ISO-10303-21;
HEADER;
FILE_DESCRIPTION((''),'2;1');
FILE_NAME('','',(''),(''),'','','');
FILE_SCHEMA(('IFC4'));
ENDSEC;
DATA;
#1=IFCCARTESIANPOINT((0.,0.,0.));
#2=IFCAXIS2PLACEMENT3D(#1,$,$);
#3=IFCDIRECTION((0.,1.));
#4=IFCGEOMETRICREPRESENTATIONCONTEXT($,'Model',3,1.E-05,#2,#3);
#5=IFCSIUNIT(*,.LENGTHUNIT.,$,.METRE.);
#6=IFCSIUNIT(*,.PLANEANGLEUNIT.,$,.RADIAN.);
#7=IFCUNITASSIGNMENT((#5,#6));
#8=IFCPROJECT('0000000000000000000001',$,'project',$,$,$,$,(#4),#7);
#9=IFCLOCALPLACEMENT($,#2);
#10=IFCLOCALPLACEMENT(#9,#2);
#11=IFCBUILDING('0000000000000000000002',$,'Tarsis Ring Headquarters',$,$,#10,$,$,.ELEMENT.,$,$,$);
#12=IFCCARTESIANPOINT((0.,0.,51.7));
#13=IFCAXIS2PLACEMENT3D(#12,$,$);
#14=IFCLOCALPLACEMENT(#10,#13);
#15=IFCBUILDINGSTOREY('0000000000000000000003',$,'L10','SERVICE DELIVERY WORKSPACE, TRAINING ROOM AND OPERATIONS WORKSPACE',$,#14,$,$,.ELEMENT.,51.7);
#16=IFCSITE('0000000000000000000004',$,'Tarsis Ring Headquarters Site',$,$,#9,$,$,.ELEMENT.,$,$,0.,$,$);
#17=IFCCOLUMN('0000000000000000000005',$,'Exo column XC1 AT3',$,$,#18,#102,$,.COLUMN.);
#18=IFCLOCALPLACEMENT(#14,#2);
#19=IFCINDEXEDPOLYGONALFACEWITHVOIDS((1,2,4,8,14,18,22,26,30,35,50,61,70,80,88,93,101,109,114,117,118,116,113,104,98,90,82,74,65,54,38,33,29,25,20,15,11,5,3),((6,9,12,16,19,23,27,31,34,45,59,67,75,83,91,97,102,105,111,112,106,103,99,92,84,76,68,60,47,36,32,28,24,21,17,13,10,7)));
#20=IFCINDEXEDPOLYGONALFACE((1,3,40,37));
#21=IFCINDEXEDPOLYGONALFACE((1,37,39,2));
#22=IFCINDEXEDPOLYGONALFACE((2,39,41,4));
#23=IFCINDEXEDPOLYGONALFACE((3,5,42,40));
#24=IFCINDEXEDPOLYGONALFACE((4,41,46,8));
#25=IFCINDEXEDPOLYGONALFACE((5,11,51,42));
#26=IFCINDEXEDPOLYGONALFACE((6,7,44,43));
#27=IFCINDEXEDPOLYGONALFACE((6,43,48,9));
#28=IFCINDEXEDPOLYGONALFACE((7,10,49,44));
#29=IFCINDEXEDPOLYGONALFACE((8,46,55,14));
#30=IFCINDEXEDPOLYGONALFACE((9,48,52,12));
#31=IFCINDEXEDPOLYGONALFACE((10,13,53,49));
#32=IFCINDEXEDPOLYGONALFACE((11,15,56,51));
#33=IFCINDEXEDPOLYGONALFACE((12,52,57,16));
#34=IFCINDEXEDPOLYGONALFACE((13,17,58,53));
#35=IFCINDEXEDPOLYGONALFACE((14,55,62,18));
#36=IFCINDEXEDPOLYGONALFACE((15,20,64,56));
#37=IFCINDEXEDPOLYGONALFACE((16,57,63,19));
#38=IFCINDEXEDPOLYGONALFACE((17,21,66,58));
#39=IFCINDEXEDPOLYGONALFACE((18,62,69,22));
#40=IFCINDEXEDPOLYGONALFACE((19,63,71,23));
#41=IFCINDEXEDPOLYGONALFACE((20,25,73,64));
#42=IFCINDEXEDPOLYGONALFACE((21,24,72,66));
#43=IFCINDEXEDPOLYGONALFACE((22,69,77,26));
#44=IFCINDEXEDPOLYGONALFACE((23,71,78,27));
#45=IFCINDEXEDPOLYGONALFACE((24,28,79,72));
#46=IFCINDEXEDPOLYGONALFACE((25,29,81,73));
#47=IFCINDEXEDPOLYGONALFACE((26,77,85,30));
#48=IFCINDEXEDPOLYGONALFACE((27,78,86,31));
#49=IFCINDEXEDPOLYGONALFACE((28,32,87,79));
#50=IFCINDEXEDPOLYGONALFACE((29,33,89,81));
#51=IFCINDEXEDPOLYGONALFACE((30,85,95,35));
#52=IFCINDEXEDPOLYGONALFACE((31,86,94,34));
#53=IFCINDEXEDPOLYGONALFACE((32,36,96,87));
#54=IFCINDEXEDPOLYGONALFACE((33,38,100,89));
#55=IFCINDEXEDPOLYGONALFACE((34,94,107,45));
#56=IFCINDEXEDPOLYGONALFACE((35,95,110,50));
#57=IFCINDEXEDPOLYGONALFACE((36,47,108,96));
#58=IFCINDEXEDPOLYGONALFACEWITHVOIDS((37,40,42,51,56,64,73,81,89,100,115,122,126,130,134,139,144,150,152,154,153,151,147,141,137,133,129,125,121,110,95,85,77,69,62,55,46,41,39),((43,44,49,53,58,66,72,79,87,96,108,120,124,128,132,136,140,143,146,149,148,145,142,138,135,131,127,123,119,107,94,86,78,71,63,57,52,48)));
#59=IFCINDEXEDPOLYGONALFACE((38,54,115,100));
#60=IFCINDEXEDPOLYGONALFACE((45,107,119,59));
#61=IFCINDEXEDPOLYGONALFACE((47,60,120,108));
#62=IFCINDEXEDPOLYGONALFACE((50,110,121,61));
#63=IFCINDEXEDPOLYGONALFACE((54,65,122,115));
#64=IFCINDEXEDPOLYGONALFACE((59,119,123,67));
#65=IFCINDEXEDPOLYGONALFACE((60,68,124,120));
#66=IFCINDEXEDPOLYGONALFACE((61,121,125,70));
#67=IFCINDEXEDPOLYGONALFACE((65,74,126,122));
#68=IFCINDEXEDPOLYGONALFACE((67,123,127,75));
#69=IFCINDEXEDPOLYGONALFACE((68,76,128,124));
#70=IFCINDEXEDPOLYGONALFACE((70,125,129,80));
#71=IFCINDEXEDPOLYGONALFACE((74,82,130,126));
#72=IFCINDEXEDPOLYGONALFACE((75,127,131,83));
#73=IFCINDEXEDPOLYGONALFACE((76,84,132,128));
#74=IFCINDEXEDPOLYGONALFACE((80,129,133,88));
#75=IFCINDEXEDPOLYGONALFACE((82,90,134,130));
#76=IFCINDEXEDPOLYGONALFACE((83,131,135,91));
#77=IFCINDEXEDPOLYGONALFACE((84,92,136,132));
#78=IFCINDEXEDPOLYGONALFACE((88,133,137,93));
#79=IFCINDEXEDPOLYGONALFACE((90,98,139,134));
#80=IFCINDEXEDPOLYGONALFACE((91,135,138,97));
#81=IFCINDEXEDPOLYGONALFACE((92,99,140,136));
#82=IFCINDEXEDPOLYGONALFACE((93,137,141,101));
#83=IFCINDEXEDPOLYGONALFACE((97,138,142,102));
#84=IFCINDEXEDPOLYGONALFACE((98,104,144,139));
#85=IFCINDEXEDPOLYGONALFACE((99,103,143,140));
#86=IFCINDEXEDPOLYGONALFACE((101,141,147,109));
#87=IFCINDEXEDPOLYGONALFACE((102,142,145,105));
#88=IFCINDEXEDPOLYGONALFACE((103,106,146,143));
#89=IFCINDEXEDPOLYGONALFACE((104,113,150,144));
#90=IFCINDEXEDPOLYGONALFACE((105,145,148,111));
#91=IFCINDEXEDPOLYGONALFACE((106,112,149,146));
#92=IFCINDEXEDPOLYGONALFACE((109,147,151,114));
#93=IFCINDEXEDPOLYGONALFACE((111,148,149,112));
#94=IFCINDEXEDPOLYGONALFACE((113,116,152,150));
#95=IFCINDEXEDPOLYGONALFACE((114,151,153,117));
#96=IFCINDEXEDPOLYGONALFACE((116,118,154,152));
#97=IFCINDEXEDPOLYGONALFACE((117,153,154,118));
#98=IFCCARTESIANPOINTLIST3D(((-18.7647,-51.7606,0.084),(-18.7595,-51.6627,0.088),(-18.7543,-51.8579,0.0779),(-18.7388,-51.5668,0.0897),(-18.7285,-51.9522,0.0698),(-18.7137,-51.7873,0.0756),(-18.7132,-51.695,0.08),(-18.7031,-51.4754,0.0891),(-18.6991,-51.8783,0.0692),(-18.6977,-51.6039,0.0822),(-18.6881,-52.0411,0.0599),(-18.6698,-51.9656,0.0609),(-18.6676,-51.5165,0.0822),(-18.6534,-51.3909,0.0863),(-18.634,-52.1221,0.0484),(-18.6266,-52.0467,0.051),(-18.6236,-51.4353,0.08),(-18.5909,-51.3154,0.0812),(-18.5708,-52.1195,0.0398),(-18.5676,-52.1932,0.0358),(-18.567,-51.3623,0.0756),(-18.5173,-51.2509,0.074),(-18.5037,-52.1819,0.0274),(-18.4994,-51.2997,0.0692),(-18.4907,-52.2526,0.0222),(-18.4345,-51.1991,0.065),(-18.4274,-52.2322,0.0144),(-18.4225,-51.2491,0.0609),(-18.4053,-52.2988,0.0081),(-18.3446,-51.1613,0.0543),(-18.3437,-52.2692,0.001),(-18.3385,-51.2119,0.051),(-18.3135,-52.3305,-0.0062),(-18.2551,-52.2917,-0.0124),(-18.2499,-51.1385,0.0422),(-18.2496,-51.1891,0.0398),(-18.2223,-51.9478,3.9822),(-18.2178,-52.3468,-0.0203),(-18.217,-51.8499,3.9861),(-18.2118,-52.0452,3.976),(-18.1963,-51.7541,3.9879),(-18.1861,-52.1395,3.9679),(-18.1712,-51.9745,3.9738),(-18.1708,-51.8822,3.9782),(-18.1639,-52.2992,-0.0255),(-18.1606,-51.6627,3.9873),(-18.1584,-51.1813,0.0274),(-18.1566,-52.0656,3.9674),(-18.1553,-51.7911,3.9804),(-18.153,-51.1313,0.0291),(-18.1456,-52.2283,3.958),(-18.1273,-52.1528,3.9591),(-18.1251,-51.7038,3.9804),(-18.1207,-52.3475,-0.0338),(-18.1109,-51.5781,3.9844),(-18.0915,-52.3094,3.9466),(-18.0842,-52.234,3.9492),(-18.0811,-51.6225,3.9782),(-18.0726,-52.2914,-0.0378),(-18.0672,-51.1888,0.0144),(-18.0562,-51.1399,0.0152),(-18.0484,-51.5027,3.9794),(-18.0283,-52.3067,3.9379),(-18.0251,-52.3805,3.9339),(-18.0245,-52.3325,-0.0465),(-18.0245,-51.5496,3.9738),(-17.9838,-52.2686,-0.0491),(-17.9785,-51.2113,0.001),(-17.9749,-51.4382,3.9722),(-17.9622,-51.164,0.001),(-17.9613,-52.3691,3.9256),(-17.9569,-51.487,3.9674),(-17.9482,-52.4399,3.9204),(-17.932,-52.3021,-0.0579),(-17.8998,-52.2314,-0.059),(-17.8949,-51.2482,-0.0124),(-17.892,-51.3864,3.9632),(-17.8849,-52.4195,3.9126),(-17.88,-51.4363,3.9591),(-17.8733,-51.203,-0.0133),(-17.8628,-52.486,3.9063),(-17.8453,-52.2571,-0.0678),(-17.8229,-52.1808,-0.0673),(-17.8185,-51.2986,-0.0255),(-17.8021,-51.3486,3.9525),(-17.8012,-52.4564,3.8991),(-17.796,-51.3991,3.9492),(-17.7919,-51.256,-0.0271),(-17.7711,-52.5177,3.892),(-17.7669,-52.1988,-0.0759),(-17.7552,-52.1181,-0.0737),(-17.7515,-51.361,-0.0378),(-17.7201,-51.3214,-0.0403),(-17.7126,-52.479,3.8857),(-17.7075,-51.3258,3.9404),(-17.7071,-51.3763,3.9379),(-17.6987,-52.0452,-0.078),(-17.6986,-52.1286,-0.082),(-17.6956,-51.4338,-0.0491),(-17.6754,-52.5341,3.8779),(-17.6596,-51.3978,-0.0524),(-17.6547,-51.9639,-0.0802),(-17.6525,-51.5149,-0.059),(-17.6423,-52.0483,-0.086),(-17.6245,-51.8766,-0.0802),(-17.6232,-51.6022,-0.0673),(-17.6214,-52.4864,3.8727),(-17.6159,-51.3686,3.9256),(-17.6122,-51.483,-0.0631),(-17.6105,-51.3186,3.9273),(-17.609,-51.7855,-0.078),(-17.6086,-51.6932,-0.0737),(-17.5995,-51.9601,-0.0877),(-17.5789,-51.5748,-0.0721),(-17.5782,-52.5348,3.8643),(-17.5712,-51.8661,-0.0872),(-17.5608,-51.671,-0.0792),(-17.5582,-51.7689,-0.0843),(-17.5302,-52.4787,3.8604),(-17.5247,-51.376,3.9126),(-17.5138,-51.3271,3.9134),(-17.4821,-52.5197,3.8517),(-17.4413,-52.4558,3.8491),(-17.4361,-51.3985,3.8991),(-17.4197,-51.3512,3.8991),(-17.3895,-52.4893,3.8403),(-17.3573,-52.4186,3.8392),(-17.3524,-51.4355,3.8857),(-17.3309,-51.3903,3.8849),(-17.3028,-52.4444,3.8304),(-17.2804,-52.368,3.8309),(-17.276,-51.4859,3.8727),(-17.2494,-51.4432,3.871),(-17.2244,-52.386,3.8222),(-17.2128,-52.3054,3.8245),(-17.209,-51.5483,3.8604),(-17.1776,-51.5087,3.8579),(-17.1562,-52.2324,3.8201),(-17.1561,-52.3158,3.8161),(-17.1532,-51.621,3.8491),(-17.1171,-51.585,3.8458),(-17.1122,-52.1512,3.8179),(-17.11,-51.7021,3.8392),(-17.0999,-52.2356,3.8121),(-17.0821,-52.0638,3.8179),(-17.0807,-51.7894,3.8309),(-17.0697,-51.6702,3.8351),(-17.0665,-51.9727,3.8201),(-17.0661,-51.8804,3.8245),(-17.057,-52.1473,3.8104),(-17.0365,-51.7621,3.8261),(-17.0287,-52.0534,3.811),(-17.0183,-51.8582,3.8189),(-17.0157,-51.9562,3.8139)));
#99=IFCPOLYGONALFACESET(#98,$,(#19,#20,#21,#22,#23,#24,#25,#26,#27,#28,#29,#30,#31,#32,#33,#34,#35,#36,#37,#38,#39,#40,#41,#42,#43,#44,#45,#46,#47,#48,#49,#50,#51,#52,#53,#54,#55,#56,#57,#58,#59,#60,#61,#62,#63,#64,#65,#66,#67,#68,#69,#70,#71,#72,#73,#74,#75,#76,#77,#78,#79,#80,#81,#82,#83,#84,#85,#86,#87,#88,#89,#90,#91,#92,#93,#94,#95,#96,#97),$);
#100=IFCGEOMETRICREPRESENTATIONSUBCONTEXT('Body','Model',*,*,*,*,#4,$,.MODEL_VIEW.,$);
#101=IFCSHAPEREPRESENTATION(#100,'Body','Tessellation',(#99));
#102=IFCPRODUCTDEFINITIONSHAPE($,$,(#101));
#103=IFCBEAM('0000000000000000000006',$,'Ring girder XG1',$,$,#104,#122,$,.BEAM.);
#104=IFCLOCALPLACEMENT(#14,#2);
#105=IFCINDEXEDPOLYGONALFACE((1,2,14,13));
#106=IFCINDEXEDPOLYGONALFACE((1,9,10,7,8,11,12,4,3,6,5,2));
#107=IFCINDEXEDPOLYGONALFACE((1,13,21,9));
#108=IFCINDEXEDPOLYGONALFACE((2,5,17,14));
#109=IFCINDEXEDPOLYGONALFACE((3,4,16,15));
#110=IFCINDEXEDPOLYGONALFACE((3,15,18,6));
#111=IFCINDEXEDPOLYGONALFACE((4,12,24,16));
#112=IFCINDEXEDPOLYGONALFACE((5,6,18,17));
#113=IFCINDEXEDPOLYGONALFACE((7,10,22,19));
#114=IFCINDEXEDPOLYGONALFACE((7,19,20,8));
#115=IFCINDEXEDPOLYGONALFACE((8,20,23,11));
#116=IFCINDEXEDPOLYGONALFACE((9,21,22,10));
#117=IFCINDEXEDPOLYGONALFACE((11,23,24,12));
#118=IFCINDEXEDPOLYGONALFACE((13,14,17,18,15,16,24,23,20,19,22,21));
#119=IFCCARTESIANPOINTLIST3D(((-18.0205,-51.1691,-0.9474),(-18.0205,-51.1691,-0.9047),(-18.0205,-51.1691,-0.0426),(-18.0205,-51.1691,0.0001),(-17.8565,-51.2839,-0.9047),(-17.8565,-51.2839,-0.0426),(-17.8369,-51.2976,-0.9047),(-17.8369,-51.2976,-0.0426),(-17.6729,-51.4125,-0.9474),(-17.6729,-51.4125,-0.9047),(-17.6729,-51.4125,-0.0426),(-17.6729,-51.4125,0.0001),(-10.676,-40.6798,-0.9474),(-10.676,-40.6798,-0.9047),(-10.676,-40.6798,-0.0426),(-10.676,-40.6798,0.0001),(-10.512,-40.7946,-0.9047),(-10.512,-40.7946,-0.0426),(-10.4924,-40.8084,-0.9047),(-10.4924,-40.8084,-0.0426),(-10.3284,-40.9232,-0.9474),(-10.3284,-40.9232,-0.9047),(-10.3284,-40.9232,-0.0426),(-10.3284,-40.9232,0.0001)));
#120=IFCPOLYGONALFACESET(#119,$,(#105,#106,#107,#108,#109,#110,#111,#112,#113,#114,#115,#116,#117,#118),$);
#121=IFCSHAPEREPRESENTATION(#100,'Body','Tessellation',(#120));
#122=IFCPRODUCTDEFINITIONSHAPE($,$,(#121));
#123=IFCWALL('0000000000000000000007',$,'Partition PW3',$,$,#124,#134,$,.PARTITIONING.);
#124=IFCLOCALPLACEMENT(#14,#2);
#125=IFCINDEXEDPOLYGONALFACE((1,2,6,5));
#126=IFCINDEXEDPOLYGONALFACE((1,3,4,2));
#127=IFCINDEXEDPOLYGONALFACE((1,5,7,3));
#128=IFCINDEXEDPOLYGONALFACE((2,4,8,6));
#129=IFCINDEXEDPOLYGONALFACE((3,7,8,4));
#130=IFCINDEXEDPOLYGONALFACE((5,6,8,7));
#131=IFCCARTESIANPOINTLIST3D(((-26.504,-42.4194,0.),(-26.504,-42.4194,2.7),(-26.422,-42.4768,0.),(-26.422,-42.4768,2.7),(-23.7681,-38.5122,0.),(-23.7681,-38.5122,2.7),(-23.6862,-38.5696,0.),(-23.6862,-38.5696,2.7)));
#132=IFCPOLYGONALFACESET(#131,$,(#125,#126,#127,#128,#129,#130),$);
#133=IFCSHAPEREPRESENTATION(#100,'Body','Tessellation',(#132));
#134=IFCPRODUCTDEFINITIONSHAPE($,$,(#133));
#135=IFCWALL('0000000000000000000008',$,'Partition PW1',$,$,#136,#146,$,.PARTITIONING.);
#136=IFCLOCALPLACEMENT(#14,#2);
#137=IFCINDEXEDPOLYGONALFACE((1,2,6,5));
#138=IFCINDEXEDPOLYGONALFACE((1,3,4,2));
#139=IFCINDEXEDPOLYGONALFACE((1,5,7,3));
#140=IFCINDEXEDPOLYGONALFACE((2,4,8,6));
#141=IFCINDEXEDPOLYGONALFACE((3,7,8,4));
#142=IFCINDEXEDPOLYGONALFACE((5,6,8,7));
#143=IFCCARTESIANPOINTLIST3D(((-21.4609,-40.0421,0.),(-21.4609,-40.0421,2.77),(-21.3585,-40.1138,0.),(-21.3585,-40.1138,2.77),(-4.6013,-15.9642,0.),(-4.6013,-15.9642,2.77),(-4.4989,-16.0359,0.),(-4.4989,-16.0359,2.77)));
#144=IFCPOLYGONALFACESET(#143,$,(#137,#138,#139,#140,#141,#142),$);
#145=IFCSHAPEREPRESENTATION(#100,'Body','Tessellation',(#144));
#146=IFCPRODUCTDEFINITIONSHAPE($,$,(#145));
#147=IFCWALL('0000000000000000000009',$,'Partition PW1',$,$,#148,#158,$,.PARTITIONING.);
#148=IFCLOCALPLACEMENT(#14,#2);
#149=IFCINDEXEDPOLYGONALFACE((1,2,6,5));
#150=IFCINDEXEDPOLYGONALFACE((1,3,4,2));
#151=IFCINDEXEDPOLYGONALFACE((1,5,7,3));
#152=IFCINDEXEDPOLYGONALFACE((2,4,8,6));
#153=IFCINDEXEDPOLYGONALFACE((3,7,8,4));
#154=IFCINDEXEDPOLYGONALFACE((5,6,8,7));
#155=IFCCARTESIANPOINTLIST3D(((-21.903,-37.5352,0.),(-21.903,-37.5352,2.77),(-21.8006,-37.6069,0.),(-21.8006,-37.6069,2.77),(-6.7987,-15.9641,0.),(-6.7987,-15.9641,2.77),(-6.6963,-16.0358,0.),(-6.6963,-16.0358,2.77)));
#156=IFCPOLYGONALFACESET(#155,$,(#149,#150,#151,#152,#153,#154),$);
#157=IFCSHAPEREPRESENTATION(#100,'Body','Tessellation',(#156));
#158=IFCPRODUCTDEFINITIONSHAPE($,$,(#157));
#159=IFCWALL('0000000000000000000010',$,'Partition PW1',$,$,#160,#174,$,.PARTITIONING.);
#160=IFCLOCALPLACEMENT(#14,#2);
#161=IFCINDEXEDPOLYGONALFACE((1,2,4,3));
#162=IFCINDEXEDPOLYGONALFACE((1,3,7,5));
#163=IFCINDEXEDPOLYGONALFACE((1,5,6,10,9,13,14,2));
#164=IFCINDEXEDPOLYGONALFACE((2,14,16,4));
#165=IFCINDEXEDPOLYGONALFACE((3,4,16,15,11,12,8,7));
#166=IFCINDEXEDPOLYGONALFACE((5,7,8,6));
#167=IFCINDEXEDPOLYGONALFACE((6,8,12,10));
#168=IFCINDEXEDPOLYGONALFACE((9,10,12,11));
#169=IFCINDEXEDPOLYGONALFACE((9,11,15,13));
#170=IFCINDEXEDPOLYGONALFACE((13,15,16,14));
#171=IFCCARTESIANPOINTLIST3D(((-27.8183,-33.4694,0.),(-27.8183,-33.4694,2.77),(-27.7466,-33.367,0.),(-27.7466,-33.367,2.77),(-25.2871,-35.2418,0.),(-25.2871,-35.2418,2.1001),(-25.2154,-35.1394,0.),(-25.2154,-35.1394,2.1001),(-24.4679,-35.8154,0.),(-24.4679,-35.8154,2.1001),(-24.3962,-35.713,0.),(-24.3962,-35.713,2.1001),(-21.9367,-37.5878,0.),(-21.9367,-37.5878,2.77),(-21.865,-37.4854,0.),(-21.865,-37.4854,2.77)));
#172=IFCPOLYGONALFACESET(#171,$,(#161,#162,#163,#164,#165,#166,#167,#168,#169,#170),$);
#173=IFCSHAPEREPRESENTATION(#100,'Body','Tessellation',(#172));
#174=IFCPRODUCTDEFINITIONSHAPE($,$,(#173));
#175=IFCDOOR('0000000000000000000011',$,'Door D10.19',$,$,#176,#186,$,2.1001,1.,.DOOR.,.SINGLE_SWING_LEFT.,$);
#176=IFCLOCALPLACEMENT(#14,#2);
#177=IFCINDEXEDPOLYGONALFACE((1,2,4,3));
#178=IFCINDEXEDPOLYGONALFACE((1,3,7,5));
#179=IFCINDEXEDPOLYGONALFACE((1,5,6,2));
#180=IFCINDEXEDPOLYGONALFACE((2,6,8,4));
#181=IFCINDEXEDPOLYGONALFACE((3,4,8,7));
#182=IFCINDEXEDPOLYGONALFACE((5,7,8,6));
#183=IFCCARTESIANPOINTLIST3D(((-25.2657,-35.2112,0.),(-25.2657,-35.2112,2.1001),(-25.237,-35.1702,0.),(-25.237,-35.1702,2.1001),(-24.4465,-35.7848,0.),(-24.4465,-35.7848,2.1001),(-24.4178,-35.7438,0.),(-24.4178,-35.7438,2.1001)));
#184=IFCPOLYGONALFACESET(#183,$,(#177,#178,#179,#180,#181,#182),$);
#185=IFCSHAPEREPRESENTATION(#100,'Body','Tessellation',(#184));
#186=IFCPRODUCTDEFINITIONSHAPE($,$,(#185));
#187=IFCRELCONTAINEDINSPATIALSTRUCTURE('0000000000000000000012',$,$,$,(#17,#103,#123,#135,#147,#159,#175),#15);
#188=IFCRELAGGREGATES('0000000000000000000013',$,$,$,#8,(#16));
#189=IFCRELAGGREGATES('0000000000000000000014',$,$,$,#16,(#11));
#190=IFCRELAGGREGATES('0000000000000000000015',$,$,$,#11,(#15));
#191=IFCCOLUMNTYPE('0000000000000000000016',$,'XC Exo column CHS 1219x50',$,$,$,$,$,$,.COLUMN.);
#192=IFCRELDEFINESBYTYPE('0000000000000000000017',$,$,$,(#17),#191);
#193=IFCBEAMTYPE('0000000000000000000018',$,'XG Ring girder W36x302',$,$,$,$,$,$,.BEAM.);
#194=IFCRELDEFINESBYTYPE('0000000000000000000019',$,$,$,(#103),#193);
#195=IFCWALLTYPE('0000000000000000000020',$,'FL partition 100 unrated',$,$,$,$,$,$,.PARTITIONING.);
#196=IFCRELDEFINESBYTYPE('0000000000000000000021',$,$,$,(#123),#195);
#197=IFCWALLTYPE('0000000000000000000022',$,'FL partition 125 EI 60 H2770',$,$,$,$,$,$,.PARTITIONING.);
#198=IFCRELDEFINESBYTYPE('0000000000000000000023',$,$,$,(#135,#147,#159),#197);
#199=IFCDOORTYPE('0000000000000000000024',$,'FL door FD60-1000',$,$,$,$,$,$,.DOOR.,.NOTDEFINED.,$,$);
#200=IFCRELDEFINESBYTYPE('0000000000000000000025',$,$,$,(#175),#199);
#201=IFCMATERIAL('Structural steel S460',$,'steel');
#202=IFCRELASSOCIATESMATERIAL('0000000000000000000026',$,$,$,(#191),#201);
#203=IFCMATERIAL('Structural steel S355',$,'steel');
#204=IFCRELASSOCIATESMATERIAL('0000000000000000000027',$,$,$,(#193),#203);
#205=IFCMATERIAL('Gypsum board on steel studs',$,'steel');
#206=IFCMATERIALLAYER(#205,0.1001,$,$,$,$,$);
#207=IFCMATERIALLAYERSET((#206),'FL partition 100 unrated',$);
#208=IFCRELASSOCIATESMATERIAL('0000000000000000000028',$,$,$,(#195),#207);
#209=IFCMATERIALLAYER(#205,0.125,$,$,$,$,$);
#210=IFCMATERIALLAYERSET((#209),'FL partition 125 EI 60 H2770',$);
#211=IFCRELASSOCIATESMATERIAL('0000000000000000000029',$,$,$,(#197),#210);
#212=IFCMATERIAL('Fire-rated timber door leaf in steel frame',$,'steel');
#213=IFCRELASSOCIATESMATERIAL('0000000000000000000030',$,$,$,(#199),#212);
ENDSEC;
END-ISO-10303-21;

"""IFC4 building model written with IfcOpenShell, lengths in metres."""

from ifc_helpers import new_model, si_unit, direction, frame, frame_2d, origin, origin_2d, place, context, subcontext, project, spatial, rectangle, hollow_circle, i_section, extrude, material, layer, layer_set, material_profile, profile_set, type_object, element, fill, save


model = new_model("IFC4")

# Units and contexts
model_context = context("Model", 3, precision=1e-05, world=origin(), true_north=direction((0.0, 1.0)))
body_context = subcontext(model_context, "Body", "Model", "MODEL_VIEW")
ifc_project = project(units=[si_unit("LENGTHUNIT", "METRE"), si_unit("PLANEANGLEUNIT", "RADIAN")], contexts=[model_context])

# Site, building, storey
site_placement = place(None, origin())
site = spatial("IfcSite", under=ifc_project, at=site_placement, Name="Tarsis Ring Headquarters Site", CompositionType="ELEMENT", RefElevation=0.0)
building_placement = place(site_placement, origin())
building = spatial("IfcBuilding", under=site, at=building_placement, Name="Tarsis Ring Headquarters", CompositionType="ELEMENT")
storey_placement = place(building_placement, frame((0.0, 0.0, 51.7)))
storey = spatial("IfcBuildingStorey", under=building, at=storey_placement, Name="L10", Description="SERVICE DELIVERY WORKSPACE, TRAINING ROOM AND OPERATIONS WORKSPACE", CompositionType="ELEMENT", Elevation=51.7)

# Column
ifc_material_1 = material(Name="Structural steel S460", Category="steel")
ifc_material_profile_1 = material_profile(ifc_material_1, hollow_circle(Radius=0.6096, WallThickness=0.05, at=origin_2d()), Name="CHS 1219x50")
ifc_profile_set_1 = profile_set([ifc_material_profile_1], Name="Structural steel S460")
column_type = type_object("IfcColumnType", Name="XC Exo column CHS 1219x50", PredefinedType="COLUMN", material=ifc_profile_set_1)
column_placement = place(storey_placement, frame((-18.1611, -51.7402, 0.001), z_axis=(0.137678, -0.047524, 0.989336), x_axis=(0.326292, 0.945269, 0.0)))
element("IfcColumn", 1, at=column_placement, inside=storey, type_object=column_type, Name="Exo column XC1 AT3", PredefinedType="COLUMN", context=body_context, shape_type="SweptSolid", body=[
    extrude(hollow_circle(Radius=0.6096, WallThickness=0.05, at=origin_2d()), origin(), (0.0, 0.0, 1.0), 3.9402),
])

# Beam
ifc_material_2 = material(Name="Structural steel S355", Category="steel")
ifc_material_profile_2 = material_profile(ifc_material_2, i_section(OverallWidth=0.4243, OverallDepth=0.9475, WebThickness=0.0239, FlangeThickness=0.0427, at=origin_2d()), Name="W36x302")
ifc_profile_set_2 = profile_set([ifc_material_profile_2], Name="Structural steel S355")
beam_type = type_object("IfcBeamType", Name="XG Ring girder W36x302", PredefinedType="BEAM", material=ifc_profile_set_2)
beam_placement = place(storey_placement, frame((-17.8467, -51.2908, -0.4736), z_axis=(0.573567, 0.819158, 0.0), x_axis=(-0.819158, 0.573567, 0.0)))
element("IfcBeam", 2, at=beam_placement, inside=storey, type_object=beam_type, Name="Ring girder XG1", PredefinedType="BEAM", context=body_context, shape_type="SweptSolid", body=[
    extrude(i_section(OverallWidth=0.4243, OverallDepth=0.9475, WebThickness=0.0239, FlangeThickness=0.0427, at=origin_2d()), origin(), (0.0, 0.0, 1.0), 12.8049),
])

# Walls
ifc_material_3 = material(Name="Gypsum board on steel studs", Category="steel")
ifc_layer_1 = layer(ifc_material_3, 0.1001)
ifc_layer_set_1 = layer_set([ifc_layer_1], Name="FL partition 100 unrated")
wall_type_1 = type_object("IfcWallType", Name="FL partition 100 unrated", PredefinedType="PARTITIONING", material=ifc_layer_set_1)
wall_1_placement = place(storey_placement, frame((-26.4629, -42.448, 0.0), z_axis=(0.0, 0.0, 1.0), x_axis=(0.573572, 0.819155, 0.0)))
element("IfcWall", 3, at=wall_1_placement, inside=storey, type_object=wall_type_1, Name="Partition PW3", PredefinedType="PARTITIONING", context=body_context, shape_type="SweptSolid", body=[
    extrude(rectangle(XDim=4.7698, YDim=0.1001, at=frame_2d((2.3848, 0.0))), origin(), (0.0, 0.0, 1.0), 2.7),
])
ifc_layer_2 = layer(ifc_material_3, 0.125)
ifc_layer_set_2 = layer_set([ifc_layer_2], Name="FL partition 125 EI 60 H2770")
wall_type_2 = type_object("IfcWallType", Name="FL partition 125 EI 60 H2770", PredefinedType="PARTITIONING", material=ifc_layer_set_2)
wall_2_placement = place(storey_placement, frame((-21.4097, -40.0779, 0.0), z_axis=(0.0, 0.0, 1.0), x_axis=(0.573579, 0.81915, 0.0)))
element("IfcWall", 4, at=wall_2_placement, inside=storey, type_object=wall_type_2, Name="Partition PW1", PredefinedType="PARTITIONING", context=body_context, shape_type="SweptSolid", body=[
    extrude(rectangle(XDim=29.3938, YDim=0.125, at=frame_2d((14.6968, 0.0))), origin(), (0.0, 0.0, 1.0), 2.77),
])
wall_3_placement = place(storey_placement, frame((-21.8518, -37.571, 0.0), z_axis=(0.0, 0.0, 1.0), x_axis=(0.573577, 0.819151, 0.0)))
element("IfcWall", 5, at=wall_3_placement, inside=storey, type_object=wall_type_2, Name="Partition PW1", PredefinedType="PARTITIONING", context=body_context, shape_type="SweptSolid", body=[
    extrude(rectangle(XDim=26.3335, YDim=0.125, at=frame_2d((13.1667, 0.0))), origin(), (0.0, 0.0, 1.0), 2.77),
])

# Wall, opening, door
wall_4_placement = place(storey_placement, frame((-27.7825, -33.4182, 0.0), z_axis=(0.0, 0.0, 1.0), x_axis=(0.819147, -0.573583, 0.0)))
wall_4 = element("IfcWall", 6, at=wall_4_placement, inside=storey, type_object=wall_type_2, Name="Partition PW1", PredefinedType="PARTITIONING", context=body_context, shape_type="SweptSolid", body=[
    extrude(rectangle(XDim=7.1802, YDim=0.125, at=frame_2d((3.5901, 0.0))), origin(), (0.0, 0.0, 1.0), 2.77),
])
opening_placement = place(wall_4_placement, frame((3.0901, 0.0, 0.0)))
opening = element("IfcOpeningElement", 7, at=opening_placement, cuts=wall_4, PredefinedType="OPENING", context=body_context, shape_type="SweptSolid", body=[
    extrude(rectangle(XDim=1.0, YDim=2.1001, at=frame_2d((0.5, 1.05))), frame((0.0, 0.0725, 0.0), z_axis=(0.0, -1.0, 0.0), x_axis=(1.0, 0.0, 0.0)), (0.0, 0.0, 1.0), 0.145),
])
ifc_material_4 = material(Name="Fire-rated timber door leaf in steel frame", Category="steel")
door_type = type_object("IfcDoorType", Name="FL door FD60-1000", OperationType="NOTDEFINED", PredefinedType="DOOR", material=ifc_material_4)
door_placement = place(opening_placement, origin())
door = element("IfcDoor", 8, at=door_placement, inside=storey, type_object=door_type, Name="Door D10.19", OperationType="SINGLE_SWING_LEFT", OverallHeight=2.1001, OverallWidth=1.0, PredefinedType="DOOR", context=body_context, shape_type="SweptSolid", body=[
    extrude(rectangle(XDim=1.0, YDim=2.1001, at=frame_2d((0.5, 1.05))), frame((0.0, 0.0249, 0.0), z_axis=(0.0, -1.0, 0.0), x_axis=(1.0, 0.0, 0.0)), (0.0, 0.0, 1.0), 0.05),
])
fill(opening, door)

save(model, "model.ifc")
